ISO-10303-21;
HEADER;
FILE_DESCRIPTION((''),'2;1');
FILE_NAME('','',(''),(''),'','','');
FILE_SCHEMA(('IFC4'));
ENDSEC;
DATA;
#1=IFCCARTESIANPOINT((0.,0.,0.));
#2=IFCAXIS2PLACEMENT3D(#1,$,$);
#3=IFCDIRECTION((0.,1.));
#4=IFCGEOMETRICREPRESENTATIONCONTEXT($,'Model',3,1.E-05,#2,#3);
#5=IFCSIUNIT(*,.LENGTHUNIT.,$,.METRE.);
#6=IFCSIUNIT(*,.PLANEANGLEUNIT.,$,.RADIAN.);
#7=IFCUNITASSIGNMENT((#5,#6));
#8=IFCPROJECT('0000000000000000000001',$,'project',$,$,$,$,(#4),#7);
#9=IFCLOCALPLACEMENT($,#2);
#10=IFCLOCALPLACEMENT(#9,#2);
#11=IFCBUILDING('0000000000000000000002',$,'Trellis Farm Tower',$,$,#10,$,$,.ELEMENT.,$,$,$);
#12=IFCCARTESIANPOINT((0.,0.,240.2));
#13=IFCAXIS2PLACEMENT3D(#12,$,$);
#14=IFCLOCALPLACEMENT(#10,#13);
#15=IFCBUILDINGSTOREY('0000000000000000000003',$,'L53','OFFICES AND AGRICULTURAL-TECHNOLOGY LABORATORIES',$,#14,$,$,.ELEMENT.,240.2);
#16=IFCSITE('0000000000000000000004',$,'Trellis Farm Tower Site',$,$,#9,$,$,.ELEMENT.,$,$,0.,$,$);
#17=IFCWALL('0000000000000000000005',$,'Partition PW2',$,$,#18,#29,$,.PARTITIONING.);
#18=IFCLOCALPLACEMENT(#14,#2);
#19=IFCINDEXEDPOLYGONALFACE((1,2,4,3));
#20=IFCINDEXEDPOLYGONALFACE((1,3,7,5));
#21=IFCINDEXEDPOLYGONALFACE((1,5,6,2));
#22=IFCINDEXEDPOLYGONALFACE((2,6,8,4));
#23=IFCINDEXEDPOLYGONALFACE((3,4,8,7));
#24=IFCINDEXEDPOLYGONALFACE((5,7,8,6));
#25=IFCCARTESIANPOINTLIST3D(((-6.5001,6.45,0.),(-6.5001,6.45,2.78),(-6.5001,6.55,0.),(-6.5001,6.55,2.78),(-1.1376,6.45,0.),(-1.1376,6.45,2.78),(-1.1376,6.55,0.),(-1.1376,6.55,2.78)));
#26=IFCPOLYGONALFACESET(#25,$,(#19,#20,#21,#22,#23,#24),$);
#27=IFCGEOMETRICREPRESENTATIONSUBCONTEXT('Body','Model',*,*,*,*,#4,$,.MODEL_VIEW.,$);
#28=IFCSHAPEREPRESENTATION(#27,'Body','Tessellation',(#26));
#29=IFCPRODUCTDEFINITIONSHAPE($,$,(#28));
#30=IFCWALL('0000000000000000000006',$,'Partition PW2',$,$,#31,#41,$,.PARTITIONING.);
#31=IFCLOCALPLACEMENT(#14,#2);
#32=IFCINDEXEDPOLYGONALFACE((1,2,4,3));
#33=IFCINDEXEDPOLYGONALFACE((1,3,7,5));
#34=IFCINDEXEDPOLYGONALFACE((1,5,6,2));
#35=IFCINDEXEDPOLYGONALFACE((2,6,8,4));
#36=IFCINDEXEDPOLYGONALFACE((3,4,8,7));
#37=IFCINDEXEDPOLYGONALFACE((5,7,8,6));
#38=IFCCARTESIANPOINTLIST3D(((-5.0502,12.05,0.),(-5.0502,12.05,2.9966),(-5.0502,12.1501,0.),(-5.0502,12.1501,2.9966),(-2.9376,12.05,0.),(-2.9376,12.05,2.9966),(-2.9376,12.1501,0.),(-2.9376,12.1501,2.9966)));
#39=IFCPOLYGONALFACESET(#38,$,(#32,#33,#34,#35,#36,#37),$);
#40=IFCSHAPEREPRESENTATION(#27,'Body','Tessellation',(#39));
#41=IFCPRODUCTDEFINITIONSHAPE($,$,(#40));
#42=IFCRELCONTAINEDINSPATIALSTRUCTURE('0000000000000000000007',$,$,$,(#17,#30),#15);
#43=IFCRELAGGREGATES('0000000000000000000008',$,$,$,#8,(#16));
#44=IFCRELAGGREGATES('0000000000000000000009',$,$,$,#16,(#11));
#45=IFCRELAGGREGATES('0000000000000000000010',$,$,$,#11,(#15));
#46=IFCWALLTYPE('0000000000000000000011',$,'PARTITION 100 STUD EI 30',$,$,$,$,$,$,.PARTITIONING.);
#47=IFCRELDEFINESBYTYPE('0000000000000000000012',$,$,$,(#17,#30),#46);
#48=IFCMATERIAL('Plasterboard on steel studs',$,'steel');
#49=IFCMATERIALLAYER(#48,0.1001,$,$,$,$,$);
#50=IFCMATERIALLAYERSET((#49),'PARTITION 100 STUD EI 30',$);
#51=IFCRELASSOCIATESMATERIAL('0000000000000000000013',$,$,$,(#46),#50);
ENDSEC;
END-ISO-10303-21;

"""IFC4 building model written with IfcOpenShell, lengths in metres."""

from ifc_helpers import new_model, si_unit, direction, frame, frame_2d, origin, place, context, subcontext, project, spatial, rectangle, extrude, source, transform, mapped, material, layer, layer_set, type_object, element, save


model = new_model("IFC4")

# Units and contexts
model_context = context("Model", 3, precision=1e-05, world=origin(), true_north=direction((0.0, 1.0)))
body_context = subcontext(model_context, "Body", "Model", "MODEL_VIEW")
ifc_project = project(units=[si_unit("LENGTHUNIT", "METRE"), si_unit("PLANEANGLEUNIT", "RADIAN")], contexts=[model_context])

# Site, building, storey
site_placement = place(None, origin())
site = spatial("IfcSite", under=ifc_project, at=site_placement, Name="Trellis Farm Tower Site", CompositionType="ELEMENT", RefElevation=0.0)
building_placement = place(site_placement, origin())
building = spatial("IfcBuilding", under=site, at=building_placement, Name="Trellis Farm Tower", CompositionType="ELEMENT")
storey_placement = place(building_placement, frame((0.0, 0.0, 240.2)))
storey = spatial("IfcBuildingStorey", under=building, at=storey_placement, Name="L53", Description="OFFICES AND AGRICULTURAL-TECHNOLOGY LABORATORIES", CompositionType="ELEMENT", Elevation=240.2)

# Walls
ifc_material_1 = material(Name="Plasterboard on steel studs", Category="steel")
ifc_layer_1 = layer(ifc_material_1, 0.1001)
ifc_layer_set_1 = layer_set([ifc_layer_1], Name="PARTITION 100 STUD EI 30")
wall_type_1 = type_object("IfcWallType", Name="PARTITION 100 STUD EI 30", PredefinedType="PARTITIONING", material=ifc_layer_set_1)
shared_shape_1 = source(origin(), body_context, "Body", "SweptSolid", [
    extrude(rectangle(XDim=5.3625, YDim=0.1001, at=frame_2d((2.6812, 0.0))), origin(), (0.0, 0.0, 1.0), 2.78),
])
wall_1_placement = place(storey_placement, frame((-6.5, 6.5, 0.0), z_axis=(0.0, 0.0, 1.0), x_axis=(1.0, 0.0, 0.0)))
element("IfcWall", 1, at=wall_1_placement, inside=storey, type_object=wall_type_1, Name="Partition PW2", PredefinedType="PARTITIONING", context=body_context, shape_type="MappedRepresentation", body=[
    mapped(shared_shape_1, transform((0.0, 0.0, 0.0))),
])
shared_shape_2 = source(origin(), body_context, "Body", "SweptSolid", [
    extrude(rectangle(XDim=2.1125, YDim=0.1001, at=frame_2d((1.0562, 0.0))), origin(), (0.0, 0.0, 1.0), 2.9966),
])
wall_2_placement = place(storey_placement, frame((-5.05, 12.1001, 0.0), z_axis=(0.0, 0.0, 1.0), x_axis=(1.0, 0.0, 0.0)))
element("IfcWall", 2, at=wall_2_placement, inside=storey, type_object=wall_type_1, Name="Partition PW2", PredefinedType="PARTITIONING", context=body_context, shape_type="MappedRepresentation", body=[
    mapped(shared_shape_2, transform((0.0, 0.0, 0.0))),
])

save(model, "model.ifc")
